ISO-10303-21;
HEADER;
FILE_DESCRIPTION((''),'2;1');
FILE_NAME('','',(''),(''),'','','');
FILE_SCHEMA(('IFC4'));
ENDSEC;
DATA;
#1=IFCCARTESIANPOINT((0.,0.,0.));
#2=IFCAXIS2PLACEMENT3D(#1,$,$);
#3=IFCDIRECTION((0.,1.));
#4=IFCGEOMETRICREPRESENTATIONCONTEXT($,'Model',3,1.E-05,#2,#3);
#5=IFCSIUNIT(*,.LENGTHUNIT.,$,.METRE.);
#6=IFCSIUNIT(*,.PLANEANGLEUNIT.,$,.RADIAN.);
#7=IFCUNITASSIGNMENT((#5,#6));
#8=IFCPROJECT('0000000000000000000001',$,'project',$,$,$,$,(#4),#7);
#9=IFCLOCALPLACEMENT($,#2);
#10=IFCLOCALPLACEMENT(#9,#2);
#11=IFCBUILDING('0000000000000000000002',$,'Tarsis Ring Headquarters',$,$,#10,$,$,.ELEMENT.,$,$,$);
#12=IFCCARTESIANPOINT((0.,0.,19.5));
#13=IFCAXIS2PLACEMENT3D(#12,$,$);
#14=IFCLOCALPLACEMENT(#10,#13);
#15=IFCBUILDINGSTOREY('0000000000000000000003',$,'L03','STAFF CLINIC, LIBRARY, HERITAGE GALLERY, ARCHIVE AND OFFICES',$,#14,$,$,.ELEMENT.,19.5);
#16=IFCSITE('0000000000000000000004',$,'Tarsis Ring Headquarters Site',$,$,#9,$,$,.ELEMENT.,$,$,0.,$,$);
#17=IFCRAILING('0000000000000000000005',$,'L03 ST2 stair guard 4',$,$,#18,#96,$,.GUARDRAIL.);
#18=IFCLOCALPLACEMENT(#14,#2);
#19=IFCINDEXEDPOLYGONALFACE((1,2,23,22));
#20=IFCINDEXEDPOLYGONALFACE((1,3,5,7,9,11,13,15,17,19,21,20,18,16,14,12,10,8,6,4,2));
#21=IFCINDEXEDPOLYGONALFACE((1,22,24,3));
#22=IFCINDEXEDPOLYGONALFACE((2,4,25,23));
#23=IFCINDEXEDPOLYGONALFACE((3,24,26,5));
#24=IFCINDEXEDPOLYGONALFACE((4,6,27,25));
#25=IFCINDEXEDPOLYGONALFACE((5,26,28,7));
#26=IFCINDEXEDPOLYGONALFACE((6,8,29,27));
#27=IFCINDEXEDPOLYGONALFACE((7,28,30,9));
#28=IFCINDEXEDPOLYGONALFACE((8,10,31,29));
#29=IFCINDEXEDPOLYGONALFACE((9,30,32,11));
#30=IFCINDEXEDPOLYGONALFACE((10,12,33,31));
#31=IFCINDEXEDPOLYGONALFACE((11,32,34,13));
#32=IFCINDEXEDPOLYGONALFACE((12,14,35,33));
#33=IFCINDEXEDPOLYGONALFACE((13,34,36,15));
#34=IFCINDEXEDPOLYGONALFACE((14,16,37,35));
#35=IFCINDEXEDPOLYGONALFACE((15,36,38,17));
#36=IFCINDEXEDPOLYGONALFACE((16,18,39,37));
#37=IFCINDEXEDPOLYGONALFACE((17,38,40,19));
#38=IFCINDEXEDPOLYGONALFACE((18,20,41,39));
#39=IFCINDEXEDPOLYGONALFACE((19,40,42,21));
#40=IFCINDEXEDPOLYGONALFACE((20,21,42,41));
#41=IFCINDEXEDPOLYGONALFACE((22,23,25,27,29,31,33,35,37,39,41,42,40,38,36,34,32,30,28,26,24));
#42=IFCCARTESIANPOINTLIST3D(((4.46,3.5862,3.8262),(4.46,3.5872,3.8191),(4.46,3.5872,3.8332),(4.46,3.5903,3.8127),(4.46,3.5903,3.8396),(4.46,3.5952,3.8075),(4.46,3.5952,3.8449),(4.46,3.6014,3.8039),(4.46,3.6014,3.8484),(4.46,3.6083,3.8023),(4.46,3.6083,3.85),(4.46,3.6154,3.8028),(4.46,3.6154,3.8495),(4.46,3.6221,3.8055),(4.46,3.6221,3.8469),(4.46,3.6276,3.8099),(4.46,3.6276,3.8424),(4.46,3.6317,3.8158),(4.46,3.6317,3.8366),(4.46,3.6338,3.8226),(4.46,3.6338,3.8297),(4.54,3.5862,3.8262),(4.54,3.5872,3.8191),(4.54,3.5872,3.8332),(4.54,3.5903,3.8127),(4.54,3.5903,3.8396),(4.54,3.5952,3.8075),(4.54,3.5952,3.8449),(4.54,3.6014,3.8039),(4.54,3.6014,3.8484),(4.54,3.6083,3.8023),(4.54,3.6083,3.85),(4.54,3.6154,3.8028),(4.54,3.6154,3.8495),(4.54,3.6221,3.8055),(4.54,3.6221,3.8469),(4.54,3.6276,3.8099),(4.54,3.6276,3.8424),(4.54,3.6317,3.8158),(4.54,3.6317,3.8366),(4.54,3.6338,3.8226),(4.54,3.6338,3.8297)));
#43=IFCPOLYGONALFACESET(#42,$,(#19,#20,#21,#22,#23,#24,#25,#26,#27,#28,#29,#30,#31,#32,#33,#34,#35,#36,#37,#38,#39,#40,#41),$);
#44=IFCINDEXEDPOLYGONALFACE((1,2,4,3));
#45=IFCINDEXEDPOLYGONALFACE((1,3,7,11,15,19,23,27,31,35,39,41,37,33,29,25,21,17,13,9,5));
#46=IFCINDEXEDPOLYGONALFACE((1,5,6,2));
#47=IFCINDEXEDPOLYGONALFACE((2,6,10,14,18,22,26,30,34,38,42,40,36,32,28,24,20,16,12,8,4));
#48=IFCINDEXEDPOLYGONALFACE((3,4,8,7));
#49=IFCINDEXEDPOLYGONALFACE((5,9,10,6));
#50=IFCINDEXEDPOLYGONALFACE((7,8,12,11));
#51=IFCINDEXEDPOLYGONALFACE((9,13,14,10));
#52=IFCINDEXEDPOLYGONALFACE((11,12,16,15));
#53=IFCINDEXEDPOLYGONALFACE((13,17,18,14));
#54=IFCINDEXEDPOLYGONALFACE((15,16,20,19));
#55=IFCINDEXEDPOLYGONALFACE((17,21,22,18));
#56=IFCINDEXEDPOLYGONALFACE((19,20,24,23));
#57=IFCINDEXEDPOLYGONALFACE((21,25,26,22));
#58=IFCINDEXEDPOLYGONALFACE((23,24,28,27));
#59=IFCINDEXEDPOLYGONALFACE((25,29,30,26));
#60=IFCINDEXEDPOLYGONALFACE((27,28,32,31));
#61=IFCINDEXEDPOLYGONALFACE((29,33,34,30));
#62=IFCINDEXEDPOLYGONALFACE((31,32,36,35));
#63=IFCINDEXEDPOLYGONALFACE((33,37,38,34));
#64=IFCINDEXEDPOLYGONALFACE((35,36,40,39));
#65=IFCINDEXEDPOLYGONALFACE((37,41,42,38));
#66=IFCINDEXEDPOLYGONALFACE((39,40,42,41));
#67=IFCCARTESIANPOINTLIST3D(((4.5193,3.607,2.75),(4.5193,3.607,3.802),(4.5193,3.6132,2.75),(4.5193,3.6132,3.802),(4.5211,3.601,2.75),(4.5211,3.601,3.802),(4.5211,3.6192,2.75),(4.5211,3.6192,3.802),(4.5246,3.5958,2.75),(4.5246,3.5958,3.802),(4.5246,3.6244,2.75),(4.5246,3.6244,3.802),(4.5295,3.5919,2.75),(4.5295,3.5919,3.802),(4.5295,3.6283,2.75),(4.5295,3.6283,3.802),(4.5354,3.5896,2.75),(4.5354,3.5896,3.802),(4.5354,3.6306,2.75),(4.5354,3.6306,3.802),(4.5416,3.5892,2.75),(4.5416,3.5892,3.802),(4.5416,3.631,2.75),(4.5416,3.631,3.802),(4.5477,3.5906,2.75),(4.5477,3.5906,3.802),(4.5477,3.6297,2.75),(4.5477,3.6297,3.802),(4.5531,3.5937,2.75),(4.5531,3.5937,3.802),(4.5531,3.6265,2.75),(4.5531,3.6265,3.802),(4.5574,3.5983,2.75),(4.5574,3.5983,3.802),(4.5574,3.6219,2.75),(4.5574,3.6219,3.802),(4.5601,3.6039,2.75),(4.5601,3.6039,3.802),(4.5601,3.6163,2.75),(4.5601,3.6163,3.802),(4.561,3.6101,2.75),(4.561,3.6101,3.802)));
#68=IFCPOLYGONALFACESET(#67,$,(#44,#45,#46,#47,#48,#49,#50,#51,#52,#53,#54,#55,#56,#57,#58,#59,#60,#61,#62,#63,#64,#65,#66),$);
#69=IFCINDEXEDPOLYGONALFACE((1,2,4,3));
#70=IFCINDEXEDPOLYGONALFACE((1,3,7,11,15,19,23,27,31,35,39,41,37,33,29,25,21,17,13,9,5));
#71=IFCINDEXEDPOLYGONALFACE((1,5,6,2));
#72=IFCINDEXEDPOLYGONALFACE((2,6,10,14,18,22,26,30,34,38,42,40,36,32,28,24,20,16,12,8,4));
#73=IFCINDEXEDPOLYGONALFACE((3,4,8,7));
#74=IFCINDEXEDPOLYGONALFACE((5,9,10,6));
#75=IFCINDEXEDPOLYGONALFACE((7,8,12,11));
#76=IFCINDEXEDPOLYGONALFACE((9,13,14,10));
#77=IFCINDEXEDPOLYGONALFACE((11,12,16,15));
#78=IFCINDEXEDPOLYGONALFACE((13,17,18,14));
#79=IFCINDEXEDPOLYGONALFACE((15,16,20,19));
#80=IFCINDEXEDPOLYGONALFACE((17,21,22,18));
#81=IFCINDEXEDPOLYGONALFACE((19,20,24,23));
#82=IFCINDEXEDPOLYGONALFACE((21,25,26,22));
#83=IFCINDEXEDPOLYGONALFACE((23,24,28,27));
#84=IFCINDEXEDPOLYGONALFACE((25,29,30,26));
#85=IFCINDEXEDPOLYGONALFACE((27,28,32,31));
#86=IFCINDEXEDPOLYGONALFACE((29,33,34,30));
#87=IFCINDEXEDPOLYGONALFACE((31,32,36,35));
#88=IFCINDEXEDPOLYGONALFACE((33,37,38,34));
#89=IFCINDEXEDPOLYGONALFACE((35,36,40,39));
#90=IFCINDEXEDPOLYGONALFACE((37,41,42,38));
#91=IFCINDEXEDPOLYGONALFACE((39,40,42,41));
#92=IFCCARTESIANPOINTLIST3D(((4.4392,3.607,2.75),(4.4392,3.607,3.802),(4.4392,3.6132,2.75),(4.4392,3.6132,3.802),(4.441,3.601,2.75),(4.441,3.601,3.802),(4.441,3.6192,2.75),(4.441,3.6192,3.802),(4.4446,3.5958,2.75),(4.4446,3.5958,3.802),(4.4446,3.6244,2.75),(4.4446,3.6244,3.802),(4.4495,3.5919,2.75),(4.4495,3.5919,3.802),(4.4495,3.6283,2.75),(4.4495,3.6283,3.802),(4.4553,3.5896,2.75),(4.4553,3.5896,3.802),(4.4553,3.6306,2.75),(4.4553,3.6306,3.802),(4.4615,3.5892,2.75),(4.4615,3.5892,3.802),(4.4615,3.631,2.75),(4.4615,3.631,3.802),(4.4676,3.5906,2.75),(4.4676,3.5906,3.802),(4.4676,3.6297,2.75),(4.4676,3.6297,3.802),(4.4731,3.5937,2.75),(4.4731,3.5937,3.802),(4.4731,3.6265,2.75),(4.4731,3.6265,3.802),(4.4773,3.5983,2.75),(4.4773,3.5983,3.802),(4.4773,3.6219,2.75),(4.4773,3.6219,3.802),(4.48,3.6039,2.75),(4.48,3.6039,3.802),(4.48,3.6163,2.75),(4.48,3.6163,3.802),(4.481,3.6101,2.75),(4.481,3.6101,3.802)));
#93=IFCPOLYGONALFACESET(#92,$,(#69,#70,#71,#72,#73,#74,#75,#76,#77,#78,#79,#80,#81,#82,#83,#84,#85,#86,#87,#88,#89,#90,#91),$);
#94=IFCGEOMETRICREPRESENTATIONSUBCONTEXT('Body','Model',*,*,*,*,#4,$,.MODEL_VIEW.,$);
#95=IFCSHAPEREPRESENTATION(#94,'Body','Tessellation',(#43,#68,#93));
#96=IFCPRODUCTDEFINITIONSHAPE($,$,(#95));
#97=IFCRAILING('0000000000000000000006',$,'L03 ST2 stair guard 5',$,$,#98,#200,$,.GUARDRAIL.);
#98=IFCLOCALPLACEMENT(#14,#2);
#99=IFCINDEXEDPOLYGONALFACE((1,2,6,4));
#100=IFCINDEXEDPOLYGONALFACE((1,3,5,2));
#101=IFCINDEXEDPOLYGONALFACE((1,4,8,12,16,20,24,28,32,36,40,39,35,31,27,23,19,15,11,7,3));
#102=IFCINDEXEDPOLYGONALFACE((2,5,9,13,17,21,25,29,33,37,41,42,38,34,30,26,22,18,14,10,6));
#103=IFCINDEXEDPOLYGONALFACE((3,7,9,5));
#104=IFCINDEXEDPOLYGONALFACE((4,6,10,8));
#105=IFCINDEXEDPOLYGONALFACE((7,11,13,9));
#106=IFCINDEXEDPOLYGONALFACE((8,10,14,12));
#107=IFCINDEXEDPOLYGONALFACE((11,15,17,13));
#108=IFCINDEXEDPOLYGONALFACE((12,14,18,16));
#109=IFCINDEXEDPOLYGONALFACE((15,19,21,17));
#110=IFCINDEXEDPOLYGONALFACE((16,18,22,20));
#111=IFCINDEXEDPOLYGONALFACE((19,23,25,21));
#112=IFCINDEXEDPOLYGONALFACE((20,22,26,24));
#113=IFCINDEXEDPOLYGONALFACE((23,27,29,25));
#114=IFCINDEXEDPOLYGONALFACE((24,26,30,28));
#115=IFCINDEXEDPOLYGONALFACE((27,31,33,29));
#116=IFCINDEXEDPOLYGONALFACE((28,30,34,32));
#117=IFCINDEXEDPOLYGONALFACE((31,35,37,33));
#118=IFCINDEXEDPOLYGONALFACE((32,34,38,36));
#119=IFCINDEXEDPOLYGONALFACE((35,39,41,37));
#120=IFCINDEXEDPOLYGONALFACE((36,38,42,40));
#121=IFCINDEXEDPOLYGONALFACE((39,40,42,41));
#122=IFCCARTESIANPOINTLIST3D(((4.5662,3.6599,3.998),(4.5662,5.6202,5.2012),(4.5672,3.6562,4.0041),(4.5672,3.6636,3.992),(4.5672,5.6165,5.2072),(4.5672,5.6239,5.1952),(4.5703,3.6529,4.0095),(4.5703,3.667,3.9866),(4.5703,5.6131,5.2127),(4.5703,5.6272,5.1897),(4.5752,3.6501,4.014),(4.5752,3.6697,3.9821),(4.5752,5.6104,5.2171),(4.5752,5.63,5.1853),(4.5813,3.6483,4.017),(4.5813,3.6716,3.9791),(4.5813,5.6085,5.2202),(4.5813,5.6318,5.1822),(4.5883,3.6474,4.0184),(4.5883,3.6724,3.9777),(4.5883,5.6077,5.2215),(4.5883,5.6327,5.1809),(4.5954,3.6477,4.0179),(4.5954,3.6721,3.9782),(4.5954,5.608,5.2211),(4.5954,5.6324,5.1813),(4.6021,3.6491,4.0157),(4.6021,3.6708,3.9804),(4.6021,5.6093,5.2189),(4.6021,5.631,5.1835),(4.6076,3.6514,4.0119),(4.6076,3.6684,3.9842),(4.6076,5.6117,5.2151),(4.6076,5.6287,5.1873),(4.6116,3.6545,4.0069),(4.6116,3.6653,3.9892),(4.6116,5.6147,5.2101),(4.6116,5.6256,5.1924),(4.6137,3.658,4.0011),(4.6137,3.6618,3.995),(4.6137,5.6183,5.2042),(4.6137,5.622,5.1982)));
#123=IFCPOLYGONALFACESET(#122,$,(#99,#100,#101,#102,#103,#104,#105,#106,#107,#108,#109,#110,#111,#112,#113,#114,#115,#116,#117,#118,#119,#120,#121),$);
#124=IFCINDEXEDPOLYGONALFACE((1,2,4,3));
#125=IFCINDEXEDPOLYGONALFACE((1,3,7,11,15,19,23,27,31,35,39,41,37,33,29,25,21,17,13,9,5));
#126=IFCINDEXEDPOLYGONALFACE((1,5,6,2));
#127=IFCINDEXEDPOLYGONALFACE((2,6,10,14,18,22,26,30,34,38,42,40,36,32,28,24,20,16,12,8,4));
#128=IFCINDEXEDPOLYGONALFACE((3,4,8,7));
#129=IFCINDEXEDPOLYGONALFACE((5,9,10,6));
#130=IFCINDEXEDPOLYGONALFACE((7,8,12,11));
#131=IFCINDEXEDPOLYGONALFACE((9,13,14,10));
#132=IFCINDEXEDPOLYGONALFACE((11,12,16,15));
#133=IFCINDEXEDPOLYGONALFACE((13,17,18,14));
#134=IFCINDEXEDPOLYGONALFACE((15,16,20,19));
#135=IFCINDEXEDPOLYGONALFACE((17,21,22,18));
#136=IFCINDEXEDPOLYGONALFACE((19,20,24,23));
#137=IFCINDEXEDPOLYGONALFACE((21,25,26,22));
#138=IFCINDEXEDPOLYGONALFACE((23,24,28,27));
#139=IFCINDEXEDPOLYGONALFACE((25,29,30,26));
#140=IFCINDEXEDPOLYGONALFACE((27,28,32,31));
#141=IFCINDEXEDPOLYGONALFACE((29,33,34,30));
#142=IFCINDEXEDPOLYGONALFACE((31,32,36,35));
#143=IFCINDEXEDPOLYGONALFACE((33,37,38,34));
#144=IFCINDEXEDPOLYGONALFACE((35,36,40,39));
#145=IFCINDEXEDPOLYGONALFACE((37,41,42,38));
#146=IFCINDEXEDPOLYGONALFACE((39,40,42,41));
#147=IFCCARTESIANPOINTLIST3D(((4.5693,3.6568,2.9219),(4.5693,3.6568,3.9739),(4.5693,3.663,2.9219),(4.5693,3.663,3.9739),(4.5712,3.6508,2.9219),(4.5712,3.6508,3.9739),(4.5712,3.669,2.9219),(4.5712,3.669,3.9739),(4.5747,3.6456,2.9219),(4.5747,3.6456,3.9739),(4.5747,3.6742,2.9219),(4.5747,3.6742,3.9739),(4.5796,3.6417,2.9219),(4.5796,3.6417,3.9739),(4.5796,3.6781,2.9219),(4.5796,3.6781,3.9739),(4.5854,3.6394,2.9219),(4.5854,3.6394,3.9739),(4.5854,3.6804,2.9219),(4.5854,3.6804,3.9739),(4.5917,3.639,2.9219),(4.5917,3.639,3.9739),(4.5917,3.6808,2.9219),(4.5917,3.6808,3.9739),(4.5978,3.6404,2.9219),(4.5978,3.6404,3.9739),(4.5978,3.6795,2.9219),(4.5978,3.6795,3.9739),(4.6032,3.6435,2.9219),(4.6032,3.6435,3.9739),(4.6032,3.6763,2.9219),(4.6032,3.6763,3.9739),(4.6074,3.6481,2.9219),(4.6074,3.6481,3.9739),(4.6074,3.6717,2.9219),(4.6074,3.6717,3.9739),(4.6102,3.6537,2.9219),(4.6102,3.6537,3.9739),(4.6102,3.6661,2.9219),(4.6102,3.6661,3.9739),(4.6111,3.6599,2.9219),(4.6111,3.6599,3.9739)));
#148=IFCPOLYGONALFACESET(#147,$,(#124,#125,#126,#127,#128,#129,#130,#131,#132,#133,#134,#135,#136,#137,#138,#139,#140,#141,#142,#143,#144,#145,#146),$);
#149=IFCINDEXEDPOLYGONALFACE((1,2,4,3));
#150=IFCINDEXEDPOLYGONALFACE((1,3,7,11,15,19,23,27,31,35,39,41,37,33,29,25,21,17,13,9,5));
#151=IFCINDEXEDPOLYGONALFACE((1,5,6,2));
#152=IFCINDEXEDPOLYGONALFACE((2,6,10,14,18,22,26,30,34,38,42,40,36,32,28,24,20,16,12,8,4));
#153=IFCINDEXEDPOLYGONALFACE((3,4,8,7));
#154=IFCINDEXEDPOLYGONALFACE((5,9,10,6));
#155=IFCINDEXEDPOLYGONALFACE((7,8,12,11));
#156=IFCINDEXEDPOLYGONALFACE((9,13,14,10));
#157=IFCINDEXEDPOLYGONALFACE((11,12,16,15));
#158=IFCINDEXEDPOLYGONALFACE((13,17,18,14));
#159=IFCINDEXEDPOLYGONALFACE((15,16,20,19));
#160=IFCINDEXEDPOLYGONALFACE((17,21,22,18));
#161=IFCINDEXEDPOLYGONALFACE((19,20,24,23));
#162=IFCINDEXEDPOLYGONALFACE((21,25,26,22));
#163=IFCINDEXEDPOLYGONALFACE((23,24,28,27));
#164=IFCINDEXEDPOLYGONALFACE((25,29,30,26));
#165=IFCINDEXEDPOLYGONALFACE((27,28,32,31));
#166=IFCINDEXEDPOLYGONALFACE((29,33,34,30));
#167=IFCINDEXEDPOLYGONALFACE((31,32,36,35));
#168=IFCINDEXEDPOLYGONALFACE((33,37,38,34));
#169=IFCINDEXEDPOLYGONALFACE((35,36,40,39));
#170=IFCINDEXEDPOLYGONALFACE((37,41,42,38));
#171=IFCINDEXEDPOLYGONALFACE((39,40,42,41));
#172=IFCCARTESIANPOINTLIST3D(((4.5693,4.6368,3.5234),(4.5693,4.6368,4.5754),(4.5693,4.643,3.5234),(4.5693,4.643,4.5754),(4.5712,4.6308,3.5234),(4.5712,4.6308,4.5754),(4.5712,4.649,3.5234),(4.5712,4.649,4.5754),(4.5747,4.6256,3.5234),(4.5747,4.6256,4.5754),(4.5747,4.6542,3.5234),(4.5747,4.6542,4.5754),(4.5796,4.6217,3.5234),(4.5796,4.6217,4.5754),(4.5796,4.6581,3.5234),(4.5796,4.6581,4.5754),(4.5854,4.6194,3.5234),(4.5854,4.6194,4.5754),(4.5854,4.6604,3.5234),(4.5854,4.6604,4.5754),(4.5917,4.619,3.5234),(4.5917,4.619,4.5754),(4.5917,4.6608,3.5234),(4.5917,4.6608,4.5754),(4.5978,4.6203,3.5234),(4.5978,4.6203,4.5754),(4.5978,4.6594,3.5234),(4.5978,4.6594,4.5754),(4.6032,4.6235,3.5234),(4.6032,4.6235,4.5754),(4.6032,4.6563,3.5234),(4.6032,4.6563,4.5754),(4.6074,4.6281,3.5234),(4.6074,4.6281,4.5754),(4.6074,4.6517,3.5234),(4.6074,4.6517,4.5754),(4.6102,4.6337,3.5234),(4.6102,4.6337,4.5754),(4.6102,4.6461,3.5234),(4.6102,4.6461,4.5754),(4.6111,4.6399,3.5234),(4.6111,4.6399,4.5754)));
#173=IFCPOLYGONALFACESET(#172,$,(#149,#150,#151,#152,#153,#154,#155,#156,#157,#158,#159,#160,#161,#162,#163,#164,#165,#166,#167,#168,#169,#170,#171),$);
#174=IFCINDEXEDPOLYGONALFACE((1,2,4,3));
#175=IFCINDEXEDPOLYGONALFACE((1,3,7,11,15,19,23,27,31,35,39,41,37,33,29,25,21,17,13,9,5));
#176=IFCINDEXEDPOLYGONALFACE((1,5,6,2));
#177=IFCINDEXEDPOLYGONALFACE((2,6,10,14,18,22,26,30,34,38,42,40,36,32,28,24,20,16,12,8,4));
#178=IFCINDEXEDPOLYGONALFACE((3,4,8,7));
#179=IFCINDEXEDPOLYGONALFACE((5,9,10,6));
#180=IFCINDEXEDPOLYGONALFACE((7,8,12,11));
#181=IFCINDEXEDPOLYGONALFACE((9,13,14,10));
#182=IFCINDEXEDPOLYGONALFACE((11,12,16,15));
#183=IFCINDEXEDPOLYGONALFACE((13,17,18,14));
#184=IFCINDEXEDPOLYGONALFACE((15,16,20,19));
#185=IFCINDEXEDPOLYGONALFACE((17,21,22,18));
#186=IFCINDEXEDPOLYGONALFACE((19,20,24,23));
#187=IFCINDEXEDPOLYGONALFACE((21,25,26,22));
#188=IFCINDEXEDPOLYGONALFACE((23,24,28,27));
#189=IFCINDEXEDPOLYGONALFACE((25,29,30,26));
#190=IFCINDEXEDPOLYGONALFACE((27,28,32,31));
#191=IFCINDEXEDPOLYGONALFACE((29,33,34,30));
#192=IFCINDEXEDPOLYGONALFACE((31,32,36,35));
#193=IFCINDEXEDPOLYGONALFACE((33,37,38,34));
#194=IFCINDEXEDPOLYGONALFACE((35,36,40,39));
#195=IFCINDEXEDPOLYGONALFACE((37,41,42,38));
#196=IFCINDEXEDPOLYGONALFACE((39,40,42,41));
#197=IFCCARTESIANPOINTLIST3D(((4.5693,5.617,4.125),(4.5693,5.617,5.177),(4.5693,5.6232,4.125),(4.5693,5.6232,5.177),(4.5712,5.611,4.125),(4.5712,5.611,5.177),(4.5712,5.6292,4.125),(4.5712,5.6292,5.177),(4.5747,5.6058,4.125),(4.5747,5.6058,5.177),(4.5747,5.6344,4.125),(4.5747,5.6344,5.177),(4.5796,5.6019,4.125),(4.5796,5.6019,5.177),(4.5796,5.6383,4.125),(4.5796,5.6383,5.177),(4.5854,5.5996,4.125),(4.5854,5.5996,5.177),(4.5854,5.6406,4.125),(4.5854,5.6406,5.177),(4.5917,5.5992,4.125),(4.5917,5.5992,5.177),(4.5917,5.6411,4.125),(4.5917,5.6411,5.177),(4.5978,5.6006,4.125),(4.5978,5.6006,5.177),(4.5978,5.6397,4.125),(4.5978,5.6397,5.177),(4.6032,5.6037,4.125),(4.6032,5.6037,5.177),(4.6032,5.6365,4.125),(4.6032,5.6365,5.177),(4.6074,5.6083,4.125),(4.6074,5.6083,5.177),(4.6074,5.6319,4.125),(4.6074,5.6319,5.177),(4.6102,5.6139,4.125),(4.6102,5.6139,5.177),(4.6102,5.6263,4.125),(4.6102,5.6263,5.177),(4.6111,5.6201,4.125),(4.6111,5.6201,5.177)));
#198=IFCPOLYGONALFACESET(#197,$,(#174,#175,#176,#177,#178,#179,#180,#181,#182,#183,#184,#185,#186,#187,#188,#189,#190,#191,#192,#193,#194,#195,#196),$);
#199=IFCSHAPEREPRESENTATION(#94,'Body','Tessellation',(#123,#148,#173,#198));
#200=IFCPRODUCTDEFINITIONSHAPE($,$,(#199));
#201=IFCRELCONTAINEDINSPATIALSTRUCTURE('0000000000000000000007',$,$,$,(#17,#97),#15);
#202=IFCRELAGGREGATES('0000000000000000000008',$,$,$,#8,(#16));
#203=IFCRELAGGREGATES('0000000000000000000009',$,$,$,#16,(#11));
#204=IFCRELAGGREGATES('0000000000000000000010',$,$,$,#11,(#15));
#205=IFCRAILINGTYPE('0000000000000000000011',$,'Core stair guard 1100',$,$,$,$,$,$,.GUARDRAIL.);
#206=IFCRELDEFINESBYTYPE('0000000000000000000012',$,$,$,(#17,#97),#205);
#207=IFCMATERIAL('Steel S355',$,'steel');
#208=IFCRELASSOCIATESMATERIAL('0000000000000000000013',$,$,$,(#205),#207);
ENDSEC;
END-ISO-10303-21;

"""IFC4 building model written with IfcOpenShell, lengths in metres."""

from ifc_helpers import new_model, si_unit, direction, frame, origin, origin_2d, place, context, subcontext, project, spatial, circle, extrude, material, type_object, element, save


model = new_model("IFC4")

# Units and contexts
model_context = context("Model", 3, precision=1e-05, world=origin(), true_north=direction((0.0, 1.0)))
body_context = subcontext(model_context, "Body", "Model", "MODEL_VIEW")
ifc_project = project(units=[si_unit("LENGTHUNIT", "METRE"), si_unit("PLANEANGLEUNIT", "RADIAN")], contexts=[model_context])

# Site, building, storey
site_placement = place(None, origin())
site = spatial("IfcSite", under=ifc_project, at=site_placement, Name="Tarsis Ring Headquarters Site", CompositionType="ELEMENT", RefElevation=0.0)
building_placement = place(site_placement, origin())
building = spatial("IfcBuilding", under=site, at=building_placement, Name="Tarsis Ring Headquarters", CompositionType="ELEMENT")
storey_placement = place(building_placement, frame((0.0, 0.0, 19.5)))
storey = spatial("IfcBuildingStorey", under=building, at=storey_placement, Name="L03", Description="STAFF CLINIC, LIBRARY, HERITAGE GALLERY, ARCHIVE AND OFFICES", CompositionType="ELEMENT", Elevation=19.5)

# Railings
ifc_material_1 = material(Name="Steel S355", Category="steel")
railing_type_1 = type_object("IfcRailingType", Name="Core stair guard 1100", PredefinedType="GUARDRAIL", material=ifc_material_1)
railing_1_placement = place(storey_placement, frame((4.54, 3.6101, 2.75)))
element("IfcRailing", 1, at=railing_1_placement, inside=storey, type_object=railing_type_1, Name="L03 ST2 stair guard 4", PredefinedType="GUARDRAIL", context=body_context, shape_type="SweptSolid", body=[
    extrude(circle(Radius=0.0239, at=origin_2d()), frame((0.0, 0.0, 1.0762), z_axis=(-1.0, 0.0, 0.0), x_axis=(0.0, -1.0, 0.0)), (0.0, 0.0, 1.0), 0.0801),
    extrude(circle(Radius=0.021, at=origin_2d()), origin(), (0.0, 0.0, 1.0), 1.052),
    extrude(circle(Radius=0.021, at=origin_2d()), frame((-0.0801, 0.0, 0.0)), (0.0, 0.0, 1.0), 1.052),
])
railing_2_placement = place(storey_placement, frame((4.5901, 3.6599, 2.9219)))
element("IfcRailing", 2, at=railing_2_placement, inside=storey, type_object=railing_type_1, Name="L03 ST2 stair guard 5", PredefinedType="GUARDRAIL", context=body_context, shape_type="SweptSolid", body=[
    extrude(circle(Radius=0.0239, at=origin_2d()), frame((0.0, 0.0, 1.0762), z_axis=(0.0, 0.85227, 0.523102), x_axis=(-1.0, 0.0, 0.0)), (0.0, 0.0, 1.0), 2.3),
    extrude(circle(Radius=0.021, at=origin_2d()), origin(), (0.0, 0.0, 1.0), 1.052),
    extrude(circle(Radius=0.021, at=origin_2d()), frame((0.0, 0.98, 0.6016)), (0.0, 0.0, 1.0), 1.052),
    extrude(circle(Radius=0.021, at=origin_2d()), frame((0.0, 1.9602, 1.2031)), (0.0, 0.0, 1.0), 1.052),
])

save(model, "model.ifc")
